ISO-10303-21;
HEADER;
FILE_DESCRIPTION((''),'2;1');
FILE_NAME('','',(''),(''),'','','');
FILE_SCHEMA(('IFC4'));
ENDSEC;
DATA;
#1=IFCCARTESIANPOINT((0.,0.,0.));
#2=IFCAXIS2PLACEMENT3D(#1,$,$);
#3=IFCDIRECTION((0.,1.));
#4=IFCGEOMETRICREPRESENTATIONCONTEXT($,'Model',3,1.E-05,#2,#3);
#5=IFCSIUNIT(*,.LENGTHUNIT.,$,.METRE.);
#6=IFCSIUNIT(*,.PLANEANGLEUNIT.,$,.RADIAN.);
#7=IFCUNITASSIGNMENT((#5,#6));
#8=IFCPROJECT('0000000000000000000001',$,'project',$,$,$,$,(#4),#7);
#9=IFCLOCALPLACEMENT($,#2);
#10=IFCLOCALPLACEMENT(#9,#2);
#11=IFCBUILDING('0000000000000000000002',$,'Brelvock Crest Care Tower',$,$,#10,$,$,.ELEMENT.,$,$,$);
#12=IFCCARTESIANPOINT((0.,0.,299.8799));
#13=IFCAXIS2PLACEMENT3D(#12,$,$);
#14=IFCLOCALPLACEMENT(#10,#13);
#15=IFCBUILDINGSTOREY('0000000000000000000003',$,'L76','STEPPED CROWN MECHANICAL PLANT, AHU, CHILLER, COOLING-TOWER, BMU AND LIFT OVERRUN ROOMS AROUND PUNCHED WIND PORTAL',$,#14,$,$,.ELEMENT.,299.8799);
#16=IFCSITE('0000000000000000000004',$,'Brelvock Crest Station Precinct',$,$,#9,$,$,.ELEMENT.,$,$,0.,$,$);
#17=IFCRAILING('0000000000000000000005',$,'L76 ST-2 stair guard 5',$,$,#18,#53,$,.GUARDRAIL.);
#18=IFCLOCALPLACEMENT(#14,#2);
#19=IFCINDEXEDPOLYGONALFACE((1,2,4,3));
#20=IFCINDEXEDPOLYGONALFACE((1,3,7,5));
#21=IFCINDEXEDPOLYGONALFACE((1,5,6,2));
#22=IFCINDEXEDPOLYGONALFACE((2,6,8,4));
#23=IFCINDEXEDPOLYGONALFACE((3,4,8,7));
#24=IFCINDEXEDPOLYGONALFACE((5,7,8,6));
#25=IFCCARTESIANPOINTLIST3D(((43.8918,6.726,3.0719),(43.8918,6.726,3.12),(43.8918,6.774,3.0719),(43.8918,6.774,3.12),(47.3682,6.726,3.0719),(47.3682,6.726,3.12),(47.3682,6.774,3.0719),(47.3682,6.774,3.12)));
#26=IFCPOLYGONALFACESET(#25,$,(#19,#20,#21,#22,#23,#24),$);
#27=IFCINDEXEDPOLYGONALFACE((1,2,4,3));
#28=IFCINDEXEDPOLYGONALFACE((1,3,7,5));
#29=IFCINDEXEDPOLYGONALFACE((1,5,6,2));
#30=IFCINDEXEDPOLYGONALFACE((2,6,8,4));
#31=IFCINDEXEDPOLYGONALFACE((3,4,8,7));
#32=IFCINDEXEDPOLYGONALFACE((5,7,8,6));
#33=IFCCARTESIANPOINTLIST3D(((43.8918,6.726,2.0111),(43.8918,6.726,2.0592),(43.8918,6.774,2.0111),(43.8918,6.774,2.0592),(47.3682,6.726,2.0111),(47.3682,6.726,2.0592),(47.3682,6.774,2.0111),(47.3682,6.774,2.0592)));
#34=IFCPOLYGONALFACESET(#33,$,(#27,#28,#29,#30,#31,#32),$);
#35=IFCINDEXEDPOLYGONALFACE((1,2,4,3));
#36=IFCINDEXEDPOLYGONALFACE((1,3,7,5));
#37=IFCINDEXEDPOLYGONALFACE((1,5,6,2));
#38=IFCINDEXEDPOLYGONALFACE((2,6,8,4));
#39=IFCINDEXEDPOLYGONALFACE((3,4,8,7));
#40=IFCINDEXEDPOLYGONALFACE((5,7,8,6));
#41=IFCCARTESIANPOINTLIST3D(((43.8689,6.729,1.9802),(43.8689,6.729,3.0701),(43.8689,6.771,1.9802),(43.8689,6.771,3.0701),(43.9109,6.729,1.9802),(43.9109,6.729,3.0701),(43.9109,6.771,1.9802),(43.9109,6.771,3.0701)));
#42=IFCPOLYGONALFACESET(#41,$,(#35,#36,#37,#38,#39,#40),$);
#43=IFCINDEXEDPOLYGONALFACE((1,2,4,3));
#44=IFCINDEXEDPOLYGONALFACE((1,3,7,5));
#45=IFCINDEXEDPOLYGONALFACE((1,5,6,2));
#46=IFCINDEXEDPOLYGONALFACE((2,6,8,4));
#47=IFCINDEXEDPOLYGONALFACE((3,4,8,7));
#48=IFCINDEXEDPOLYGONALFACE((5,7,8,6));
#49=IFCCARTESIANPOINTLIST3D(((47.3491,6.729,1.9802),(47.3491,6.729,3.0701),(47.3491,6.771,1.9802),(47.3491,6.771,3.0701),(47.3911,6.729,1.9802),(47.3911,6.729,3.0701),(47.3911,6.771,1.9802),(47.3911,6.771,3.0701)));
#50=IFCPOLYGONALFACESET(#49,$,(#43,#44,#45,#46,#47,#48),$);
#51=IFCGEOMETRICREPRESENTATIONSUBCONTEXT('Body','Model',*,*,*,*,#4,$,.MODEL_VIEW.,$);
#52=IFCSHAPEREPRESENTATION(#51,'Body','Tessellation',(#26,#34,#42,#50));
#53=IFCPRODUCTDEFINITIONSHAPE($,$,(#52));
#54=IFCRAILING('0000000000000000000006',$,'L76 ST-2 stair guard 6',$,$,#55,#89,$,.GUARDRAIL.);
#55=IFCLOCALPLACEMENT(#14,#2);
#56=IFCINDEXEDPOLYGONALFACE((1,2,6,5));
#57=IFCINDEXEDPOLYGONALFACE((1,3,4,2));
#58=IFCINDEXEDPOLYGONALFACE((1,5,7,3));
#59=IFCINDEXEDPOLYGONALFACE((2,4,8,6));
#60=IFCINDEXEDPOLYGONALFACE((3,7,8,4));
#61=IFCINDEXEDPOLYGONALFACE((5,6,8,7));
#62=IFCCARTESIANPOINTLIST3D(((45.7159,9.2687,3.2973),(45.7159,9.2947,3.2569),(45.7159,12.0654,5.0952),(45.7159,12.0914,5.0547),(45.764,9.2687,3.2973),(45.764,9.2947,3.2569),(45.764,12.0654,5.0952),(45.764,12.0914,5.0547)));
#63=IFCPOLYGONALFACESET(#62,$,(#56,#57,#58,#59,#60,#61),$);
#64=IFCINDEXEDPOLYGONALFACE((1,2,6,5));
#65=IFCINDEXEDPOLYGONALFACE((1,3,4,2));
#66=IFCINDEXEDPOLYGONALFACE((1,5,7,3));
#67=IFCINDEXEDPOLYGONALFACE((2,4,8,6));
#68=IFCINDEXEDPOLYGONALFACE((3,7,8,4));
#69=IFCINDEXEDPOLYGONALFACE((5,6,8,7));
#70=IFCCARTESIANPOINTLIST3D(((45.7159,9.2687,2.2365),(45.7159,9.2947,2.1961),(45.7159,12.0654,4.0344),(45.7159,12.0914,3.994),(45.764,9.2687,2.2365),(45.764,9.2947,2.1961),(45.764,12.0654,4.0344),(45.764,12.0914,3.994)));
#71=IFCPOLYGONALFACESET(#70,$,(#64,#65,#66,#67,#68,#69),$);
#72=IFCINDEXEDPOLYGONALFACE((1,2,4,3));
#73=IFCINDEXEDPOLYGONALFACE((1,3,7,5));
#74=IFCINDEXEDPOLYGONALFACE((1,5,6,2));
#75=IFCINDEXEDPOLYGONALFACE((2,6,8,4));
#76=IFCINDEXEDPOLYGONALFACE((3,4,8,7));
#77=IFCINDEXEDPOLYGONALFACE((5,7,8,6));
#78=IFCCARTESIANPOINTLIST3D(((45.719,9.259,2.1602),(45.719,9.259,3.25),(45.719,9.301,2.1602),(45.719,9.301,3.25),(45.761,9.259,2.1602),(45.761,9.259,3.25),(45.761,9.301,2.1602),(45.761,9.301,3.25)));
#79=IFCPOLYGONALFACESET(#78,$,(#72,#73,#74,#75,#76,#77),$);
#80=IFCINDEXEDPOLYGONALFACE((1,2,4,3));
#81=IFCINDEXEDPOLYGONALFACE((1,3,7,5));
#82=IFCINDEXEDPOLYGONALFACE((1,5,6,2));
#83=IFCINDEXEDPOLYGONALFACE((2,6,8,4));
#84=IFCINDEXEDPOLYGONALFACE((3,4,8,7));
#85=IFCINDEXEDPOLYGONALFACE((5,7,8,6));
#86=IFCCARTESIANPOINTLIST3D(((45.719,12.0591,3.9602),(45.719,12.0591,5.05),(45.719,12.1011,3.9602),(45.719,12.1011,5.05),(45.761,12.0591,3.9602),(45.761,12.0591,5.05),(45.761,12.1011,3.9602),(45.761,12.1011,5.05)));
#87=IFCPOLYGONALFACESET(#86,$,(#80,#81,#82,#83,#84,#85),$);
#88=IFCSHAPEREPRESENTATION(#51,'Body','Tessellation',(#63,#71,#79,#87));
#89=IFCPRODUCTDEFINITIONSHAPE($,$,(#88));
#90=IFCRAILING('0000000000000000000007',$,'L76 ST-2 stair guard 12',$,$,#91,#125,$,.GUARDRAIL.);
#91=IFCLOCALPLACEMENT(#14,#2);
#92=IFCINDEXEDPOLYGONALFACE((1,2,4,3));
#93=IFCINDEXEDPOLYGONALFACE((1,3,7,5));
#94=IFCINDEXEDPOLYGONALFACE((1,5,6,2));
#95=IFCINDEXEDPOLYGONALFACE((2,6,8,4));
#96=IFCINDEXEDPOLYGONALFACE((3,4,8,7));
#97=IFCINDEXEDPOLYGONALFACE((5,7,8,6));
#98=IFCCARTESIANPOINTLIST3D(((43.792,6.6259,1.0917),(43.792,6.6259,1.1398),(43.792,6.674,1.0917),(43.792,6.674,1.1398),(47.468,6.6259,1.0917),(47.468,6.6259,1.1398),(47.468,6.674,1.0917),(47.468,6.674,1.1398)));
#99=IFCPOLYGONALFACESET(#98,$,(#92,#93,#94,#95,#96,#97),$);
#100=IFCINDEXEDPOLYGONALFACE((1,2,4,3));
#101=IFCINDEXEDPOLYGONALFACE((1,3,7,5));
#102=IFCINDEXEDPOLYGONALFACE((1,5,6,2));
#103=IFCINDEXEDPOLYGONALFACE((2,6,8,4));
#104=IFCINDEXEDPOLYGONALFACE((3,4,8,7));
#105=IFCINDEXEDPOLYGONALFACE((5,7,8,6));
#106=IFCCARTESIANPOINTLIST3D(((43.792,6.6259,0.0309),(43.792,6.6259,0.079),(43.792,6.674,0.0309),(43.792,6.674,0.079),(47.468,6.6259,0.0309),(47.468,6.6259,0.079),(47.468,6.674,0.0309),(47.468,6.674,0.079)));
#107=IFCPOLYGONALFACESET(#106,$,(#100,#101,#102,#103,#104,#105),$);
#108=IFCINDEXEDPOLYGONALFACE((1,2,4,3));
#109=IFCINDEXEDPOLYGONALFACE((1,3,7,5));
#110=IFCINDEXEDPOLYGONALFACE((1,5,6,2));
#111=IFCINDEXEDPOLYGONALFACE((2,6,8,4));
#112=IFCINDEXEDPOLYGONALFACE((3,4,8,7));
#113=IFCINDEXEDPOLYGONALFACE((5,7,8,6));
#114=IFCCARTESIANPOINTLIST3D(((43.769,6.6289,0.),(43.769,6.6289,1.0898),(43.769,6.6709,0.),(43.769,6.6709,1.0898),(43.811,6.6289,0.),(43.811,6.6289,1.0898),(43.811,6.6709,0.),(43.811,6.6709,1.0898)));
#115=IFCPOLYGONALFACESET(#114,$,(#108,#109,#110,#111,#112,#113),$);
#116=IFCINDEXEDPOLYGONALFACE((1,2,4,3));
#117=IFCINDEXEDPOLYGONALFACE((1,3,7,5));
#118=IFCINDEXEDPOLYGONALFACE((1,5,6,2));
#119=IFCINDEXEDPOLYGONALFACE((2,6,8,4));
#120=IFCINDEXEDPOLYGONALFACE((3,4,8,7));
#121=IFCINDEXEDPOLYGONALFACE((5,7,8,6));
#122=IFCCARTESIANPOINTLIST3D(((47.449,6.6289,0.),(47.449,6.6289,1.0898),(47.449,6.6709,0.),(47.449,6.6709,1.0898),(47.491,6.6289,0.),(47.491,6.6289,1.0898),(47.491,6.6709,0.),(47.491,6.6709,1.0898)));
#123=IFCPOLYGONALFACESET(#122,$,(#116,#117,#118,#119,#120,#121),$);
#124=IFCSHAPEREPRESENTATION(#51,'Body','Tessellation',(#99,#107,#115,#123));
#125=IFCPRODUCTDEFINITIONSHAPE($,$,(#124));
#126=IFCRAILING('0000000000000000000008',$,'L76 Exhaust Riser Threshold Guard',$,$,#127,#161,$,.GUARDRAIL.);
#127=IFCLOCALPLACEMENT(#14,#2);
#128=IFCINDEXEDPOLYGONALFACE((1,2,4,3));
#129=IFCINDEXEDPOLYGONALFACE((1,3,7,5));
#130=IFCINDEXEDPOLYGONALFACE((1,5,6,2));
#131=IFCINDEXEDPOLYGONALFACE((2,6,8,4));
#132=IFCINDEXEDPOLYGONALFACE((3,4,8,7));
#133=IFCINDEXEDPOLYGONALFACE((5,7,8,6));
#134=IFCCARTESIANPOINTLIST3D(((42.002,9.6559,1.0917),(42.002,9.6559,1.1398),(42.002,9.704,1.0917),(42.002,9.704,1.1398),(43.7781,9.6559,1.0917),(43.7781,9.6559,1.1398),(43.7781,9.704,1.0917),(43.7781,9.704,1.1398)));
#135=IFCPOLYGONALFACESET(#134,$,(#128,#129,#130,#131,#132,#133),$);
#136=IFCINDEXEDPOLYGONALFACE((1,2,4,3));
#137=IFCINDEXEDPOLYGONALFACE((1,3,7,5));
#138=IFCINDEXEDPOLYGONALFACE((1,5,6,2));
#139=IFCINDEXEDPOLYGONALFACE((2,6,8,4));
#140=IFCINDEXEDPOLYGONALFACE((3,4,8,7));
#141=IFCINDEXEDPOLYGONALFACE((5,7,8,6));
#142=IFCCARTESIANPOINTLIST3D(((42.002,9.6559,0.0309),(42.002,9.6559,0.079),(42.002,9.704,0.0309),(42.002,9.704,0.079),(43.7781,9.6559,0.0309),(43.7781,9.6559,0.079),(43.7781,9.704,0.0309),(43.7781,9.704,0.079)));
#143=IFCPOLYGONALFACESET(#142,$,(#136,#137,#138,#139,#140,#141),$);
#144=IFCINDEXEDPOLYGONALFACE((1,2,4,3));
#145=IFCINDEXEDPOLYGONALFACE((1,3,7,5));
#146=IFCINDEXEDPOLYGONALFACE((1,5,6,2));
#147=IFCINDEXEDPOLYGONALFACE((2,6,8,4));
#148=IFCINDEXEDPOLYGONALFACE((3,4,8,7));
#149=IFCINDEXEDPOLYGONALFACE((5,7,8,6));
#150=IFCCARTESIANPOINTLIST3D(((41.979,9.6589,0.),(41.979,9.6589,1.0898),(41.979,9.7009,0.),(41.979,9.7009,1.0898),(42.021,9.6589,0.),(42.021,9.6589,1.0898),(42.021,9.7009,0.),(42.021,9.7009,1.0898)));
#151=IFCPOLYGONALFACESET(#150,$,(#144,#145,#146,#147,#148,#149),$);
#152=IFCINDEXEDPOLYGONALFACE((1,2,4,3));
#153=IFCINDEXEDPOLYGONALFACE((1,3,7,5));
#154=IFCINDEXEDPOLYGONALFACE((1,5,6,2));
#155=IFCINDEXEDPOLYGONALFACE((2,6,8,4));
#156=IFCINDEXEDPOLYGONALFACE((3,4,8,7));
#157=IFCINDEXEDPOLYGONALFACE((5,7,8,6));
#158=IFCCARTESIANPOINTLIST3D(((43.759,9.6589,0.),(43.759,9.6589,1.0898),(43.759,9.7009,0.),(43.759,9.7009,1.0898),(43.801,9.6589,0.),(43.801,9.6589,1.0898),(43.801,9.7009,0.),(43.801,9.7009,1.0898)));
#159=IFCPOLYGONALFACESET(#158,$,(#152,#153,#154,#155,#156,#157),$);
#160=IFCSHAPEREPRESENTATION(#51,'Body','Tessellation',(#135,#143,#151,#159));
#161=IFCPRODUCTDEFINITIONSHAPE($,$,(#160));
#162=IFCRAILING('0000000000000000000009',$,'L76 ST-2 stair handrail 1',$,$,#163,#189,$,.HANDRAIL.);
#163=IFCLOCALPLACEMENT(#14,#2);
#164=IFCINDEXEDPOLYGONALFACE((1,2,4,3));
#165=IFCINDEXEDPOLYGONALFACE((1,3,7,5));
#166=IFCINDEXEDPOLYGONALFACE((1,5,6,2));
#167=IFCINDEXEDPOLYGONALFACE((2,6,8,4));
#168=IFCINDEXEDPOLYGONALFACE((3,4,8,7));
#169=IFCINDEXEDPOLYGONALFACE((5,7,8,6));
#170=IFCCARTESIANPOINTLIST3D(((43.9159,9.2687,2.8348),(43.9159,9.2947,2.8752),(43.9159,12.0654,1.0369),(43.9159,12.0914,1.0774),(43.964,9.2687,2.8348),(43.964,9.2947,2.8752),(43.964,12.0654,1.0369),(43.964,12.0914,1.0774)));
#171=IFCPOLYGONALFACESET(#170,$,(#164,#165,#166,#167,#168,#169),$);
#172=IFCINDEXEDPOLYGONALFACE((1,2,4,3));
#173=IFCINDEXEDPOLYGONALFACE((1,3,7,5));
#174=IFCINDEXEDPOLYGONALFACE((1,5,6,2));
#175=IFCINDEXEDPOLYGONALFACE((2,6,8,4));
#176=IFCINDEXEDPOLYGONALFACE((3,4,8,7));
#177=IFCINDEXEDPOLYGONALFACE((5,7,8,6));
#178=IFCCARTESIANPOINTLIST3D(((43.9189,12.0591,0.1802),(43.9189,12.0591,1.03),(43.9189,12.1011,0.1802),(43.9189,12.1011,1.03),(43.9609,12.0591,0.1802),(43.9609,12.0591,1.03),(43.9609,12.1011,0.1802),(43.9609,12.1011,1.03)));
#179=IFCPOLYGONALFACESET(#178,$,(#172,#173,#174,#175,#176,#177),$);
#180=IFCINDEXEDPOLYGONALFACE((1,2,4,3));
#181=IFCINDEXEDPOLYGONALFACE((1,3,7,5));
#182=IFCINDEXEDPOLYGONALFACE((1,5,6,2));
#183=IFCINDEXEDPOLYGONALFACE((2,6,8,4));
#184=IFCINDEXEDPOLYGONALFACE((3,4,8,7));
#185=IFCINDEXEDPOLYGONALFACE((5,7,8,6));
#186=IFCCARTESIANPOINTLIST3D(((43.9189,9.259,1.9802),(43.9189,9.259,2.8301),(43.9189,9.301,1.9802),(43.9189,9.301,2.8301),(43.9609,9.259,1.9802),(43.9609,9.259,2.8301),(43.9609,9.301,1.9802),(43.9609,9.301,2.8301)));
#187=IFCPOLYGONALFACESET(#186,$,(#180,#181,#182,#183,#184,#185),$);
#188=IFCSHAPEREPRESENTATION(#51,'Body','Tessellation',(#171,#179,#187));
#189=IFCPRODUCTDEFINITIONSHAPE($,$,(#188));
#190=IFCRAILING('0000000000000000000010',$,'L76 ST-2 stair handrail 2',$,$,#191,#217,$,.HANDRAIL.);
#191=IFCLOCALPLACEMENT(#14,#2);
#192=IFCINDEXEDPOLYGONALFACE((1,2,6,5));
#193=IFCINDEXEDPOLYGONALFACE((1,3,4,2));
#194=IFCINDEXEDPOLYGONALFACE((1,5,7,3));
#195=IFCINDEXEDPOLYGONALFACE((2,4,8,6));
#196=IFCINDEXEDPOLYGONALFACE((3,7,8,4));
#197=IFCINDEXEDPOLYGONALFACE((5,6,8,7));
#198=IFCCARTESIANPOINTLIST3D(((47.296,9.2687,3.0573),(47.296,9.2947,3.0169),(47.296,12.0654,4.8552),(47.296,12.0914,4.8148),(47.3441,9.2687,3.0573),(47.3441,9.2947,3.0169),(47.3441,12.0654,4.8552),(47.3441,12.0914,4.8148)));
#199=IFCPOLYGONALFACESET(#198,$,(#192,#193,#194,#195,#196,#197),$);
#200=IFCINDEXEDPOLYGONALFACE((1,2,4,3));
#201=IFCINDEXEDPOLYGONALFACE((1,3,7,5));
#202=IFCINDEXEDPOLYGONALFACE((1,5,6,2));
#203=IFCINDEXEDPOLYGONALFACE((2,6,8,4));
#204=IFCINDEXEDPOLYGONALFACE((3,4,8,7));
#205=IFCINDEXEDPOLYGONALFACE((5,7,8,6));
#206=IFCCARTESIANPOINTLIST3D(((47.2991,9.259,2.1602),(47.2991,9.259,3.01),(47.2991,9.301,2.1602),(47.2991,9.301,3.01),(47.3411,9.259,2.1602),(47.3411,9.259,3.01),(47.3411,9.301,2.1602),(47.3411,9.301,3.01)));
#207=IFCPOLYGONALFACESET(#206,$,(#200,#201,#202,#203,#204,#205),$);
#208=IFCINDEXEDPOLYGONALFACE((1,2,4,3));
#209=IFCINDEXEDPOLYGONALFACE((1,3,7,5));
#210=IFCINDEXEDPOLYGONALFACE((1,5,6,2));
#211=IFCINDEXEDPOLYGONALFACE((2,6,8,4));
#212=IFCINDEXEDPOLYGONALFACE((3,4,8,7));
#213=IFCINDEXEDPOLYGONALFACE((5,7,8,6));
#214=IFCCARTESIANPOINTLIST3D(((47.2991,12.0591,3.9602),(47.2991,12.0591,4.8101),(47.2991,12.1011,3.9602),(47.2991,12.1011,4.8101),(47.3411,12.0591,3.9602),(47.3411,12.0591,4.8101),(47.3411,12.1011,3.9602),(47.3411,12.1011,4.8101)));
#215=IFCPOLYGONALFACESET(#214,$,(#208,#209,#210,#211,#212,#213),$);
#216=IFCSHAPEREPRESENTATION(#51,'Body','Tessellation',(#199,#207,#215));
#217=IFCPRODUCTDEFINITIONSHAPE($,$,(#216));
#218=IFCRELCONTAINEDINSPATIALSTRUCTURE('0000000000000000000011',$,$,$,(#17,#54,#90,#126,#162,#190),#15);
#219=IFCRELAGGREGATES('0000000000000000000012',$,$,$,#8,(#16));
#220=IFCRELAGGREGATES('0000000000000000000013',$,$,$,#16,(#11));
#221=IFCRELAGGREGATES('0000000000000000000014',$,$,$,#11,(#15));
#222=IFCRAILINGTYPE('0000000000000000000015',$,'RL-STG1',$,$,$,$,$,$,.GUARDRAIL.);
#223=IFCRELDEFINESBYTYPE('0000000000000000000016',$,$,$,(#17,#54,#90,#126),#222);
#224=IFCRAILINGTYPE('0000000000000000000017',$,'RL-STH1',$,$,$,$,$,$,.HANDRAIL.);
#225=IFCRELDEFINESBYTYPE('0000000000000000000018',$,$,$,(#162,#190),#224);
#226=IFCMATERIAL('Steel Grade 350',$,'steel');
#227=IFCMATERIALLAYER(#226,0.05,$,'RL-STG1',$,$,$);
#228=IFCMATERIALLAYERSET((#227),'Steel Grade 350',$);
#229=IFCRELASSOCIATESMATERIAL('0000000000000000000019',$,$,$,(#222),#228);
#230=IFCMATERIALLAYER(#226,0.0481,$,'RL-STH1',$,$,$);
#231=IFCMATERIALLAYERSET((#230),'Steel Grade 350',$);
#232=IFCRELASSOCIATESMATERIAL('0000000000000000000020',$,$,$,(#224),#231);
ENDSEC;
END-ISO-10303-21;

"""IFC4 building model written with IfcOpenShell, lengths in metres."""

from ifc_helpers import new_model, si_unit, direction, frame, origin, origin_2d, place, context, subcontext, project, spatial, rectangle, extrude, material, layer, layer_set, type_object, element, save


model = new_model("IFC4")

# Units and contexts
model_context = context("Model", 3, precision=1e-05, world=origin(), true_north=direction((0.0, 1.0)))
body_context = subcontext(model_context, "Body", "Model", "MODEL_VIEW")
ifc_project = project(units=[si_unit("LENGTHUNIT", "METRE"), si_unit("PLANEANGLEUNIT", "RADIAN")], contexts=[model_context])

# Site, building, storey
site_placement = place(None, origin())
site = spatial("IfcSite", under=ifc_project, at=site_placement, Name="Brelvock Crest Station Precinct", CompositionType="ELEMENT", RefElevation=0.0)
building_placement = place(site_placement, origin())
building = spatial("IfcBuilding", under=site, at=building_placement, Name="Brelvock Crest Care Tower", CompositionType="ELEMENT")
storey_placement = place(building_placement, frame((0.0, 0.0, 299.8799)))
storey = spatial("IfcBuildingStorey", under=building, at=storey_placement, Name="L76", Description="STEPPED CROWN MECHANICAL PLANT, AHU, CHILLER, COOLING-TOWER, BMU AND LIFT OVERRUN ROOMS AROUND PUNCHED WIND PORTAL", CompositionType="ELEMENT", Elevation=299.8799)

# Shared definitions
ifc_material_1 = material(Name="Steel Grade 350", Category="steel")

# Railings
ifc_layer_1 = layer(ifc_material_1, 0.05, Name="RL-STG1")
ifc_layer_set_1 = layer_set([ifc_layer_1], Name="Steel Grade 350")
railing_type_1 = type_object("IfcRailingType", Name="RL-STG1", PredefinedType="GUARDRAIL", material=ifc_layer_set_1)
railing_1_placement = place(storey_placement, frame((43.8899, 6.75, 1.9802)))
element("IfcRailing", 1, at=railing_1_placement, inside=storey, type_object=railing_type_1, Name="L76 ST-2 stair guard 5", PredefinedType="GUARDRAIL", context=body_context, shape_type="SweptSolid", body=[
    extrude(rectangle(XDim=0.0481, YDim=0.0481, at=origin_2d()), frame((0.002, 0.0, 1.1157), z_axis=(1.0, 0.0, 0.0), x_axis=(0.0, 1.0, 0.0)), (0.0, 0.0, 1.0), 3.4763),
    extrude(rectangle(XDim=0.0481, YDim=0.0481, at=origin_2d()), frame((0.002, 0.0, 0.0549), z_axis=(1.0, 0.0, 0.0), x_axis=(0.0, 1.0, 0.0)), (0.0, 0.0, 1.0), 3.4763),
    extrude(rectangle(XDim=0.042, YDim=0.042, at=origin_2d()), origin(), (0.0, 0.0, 1.0), 1.0898),
    extrude(rectangle(XDim=0.042, YDim=0.042, at=origin_2d()), frame((3.4802, 0.0, 0.0)), (0.0, 0.0, 1.0), 1.0898),
])
railing_2_placement = place(storey_placement, frame((45.74, 9.28, 2.1602)))
element("IfcRailing", 2, at=railing_2_placement, inside=storey, type_object=railing_type_1, Name="L76 ST-2 stair guard 6", PredefinedType="GUARDRAIL", context=body_context, shape_type="SweptSolid", body=[
    extrude(rectangle(XDim=0.0481, YDim=0.0481, at=origin_2d()), frame((0.0, 0.0017, 1.1169), z_axis=(0.0, 0.841176, 0.540761), x_axis=(-1.0, 0.0, 0.0)), (0.0, 0.0, 1.0), 3.3247),
    extrude(rectangle(XDim=0.0481, YDim=0.0481, at=origin_2d()), frame((0.0, 0.0017, 0.0562), z_axis=(0.0, 0.841176, 0.540761), x_axis=(-1.0, 0.0, 0.0)), (0.0, 0.0, 1.0), 3.3247),
    extrude(rectangle(XDim=0.042, YDim=0.042, at=origin_2d()), origin(), (0.0, 0.0, 1.0), 1.0898),
    extrude(rectangle(XDim=0.042, YDim=0.042, at=origin_2d()), frame((0.0, 2.8, 1.8)), (0.0, 0.0, 1.0), 1.0898),
])
railing_3_placement = place(storey_placement, frame((43.79, 6.6499, 0.0)))
element("IfcRailing", 3, at=railing_3_placement, inside=storey, type_object=railing_type_1, Name="L76 ST-2 stair guard 12", PredefinedType="GUARDRAIL", context=body_context, shape_type="SweptSolid", body=[
    extrude(rectangle(XDim=0.0481, YDim=0.0481, at=origin_2d()), frame((0.002, 0.0, 1.1157), z_axis=(1.0, 0.0, 0.0), x_axis=(0.0, 1.0, 0.0)), (0.0, 0.0, 1.0), 3.676),
    extrude(rectangle(XDim=0.0481, YDim=0.0481, at=origin_2d()), frame((0.002, 0.0, 0.0549), z_axis=(1.0, 0.0, 0.0), x_axis=(0.0, 1.0, 0.0)), (0.0, 0.0, 1.0), 3.676),
    extrude(rectangle(XDim=0.042, YDim=0.042, at=origin_2d()), origin(), (0.0, 0.0, 1.0), 1.0898),
    extrude(rectangle(XDim=0.042, YDim=0.042, at=origin_2d()), frame((3.6799, 0.0, 0.0)), (0.0, 0.0, 1.0), 1.0898),
])
railing_4_placement = place(storey_placement, frame((42.0, 9.6799, 0.0)))
element("IfcRailing", 4, at=railing_4_placement, inside=storey, type_object=railing_type_1, Name="L76 Exhaust Riser Threshold Guard", PredefinedType="GUARDRAIL", context=body_context, shape_type="SweptSolid", body=[
    extrude(rectangle(XDim=0.0481, YDim=0.0481, at=origin_2d()), frame((0.002, 0.0, 1.1157), z_axis=(1.0, 0.0, 0.0), x_axis=(0.0, 1.0, 0.0)), (0.0, 0.0, 1.0), 1.7761),
    extrude(rectangle(XDim=0.0481, YDim=0.0481, at=origin_2d()), frame((0.002, 0.0, 0.0549), z_axis=(1.0, 0.0, 0.0), x_axis=(0.0, 1.0, 0.0)), (0.0, 0.0, 1.0), 1.7761),
    extrude(rectangle(XDim=0.042, YDim=0.042, at=origin_2d()), origin(), (0.0, 0.0, 1.0), 1.0898),
    extrude(rectangle(XDim=0.042, YDim=0.042, at=origin_2d()), frame((1.78, 0.0, 0.0)), (0.0, 0.0, 1.0), 1.0898),
])
ifc_layer_2 = layer(ifc_material_1, 0.0481, Name="RL-STH1")
ifc_layer_set_2 = layer_set([ifc_layer_2], Name="Steel Grade 350")
railing_type_2 = type_object("IfcRailingType", Name="RL-STH1", PredefinedType="HANDRAIL", material=ifc_layer_set_2)
railing_5_placement = place(storey_placement, frame((43.9399, 12.0801, 0.1802)))
element("IfcRailing", 5, at=railing_5_placement, inside=storey, type_object=railing_type_2, Name="L76 ST-2 stair handrail 1", PredefinedType="HANDRAIL", context=body_context, shape_type="SweptSolid", body=[
    extrude(rectangle(XDim=0.0481, YDim=0.0481, at=origin_2d()), frame((0.0, -0.0017, 0.877), z_axis=(0.0, -0.841176, 0.540761), x_axis=(1.0, 0.0, 0.0)), (0.0, 0.0, 1.0), 3.3247),
    extrude(rectangle(XDim=0.042, YDim=0.042, at=origin_2d()), origin(), (0.0, 0.0, 1.0), 0.8499),
    extrude(rectangle(XDim=0.042, YDim=0.042, at=origin_2d()), frame((0.0, -2.8, 1.8)), (0.0, 0.0, 1.0), 0.8499),
])
railing_6_placement = place(storey_placement, frame((47.3201, 9.28, 2.1602)))
element("IfcRailing", 6, at=railing_6_placement, inside=storey, type_object=railing_type_2, Name="L76 ST-2 stair handrail 2", PredefinedType="HANDRAIL", context=body_context, shape_type="SweptSolid", body=[
    extrude(rectangle(XDim=0.0481, YDim=0.0481, at=origin_2d()), frame((0.0, 0.0017, 0.877), z_axis=(0.0, 0.841176, 0.540761), x_axis=(-1.0, 0.0, 0.0)), (0.0, 0.0, 1.0), 3.3247),
    extrude(rectangle(XDim=0.042, YDim=0.042, at=origin_2d()), origin(), (0.0, 0.0, 1.0), 0.8499),
    extrude(rectangle(XDim=0.042, YDim=0.042, at=origin_2d()), frame((0.0, 2.8, 1.8)), (0.0, 0.0, 1.0), 0.8499),
])

save(model, "model.ifc")
